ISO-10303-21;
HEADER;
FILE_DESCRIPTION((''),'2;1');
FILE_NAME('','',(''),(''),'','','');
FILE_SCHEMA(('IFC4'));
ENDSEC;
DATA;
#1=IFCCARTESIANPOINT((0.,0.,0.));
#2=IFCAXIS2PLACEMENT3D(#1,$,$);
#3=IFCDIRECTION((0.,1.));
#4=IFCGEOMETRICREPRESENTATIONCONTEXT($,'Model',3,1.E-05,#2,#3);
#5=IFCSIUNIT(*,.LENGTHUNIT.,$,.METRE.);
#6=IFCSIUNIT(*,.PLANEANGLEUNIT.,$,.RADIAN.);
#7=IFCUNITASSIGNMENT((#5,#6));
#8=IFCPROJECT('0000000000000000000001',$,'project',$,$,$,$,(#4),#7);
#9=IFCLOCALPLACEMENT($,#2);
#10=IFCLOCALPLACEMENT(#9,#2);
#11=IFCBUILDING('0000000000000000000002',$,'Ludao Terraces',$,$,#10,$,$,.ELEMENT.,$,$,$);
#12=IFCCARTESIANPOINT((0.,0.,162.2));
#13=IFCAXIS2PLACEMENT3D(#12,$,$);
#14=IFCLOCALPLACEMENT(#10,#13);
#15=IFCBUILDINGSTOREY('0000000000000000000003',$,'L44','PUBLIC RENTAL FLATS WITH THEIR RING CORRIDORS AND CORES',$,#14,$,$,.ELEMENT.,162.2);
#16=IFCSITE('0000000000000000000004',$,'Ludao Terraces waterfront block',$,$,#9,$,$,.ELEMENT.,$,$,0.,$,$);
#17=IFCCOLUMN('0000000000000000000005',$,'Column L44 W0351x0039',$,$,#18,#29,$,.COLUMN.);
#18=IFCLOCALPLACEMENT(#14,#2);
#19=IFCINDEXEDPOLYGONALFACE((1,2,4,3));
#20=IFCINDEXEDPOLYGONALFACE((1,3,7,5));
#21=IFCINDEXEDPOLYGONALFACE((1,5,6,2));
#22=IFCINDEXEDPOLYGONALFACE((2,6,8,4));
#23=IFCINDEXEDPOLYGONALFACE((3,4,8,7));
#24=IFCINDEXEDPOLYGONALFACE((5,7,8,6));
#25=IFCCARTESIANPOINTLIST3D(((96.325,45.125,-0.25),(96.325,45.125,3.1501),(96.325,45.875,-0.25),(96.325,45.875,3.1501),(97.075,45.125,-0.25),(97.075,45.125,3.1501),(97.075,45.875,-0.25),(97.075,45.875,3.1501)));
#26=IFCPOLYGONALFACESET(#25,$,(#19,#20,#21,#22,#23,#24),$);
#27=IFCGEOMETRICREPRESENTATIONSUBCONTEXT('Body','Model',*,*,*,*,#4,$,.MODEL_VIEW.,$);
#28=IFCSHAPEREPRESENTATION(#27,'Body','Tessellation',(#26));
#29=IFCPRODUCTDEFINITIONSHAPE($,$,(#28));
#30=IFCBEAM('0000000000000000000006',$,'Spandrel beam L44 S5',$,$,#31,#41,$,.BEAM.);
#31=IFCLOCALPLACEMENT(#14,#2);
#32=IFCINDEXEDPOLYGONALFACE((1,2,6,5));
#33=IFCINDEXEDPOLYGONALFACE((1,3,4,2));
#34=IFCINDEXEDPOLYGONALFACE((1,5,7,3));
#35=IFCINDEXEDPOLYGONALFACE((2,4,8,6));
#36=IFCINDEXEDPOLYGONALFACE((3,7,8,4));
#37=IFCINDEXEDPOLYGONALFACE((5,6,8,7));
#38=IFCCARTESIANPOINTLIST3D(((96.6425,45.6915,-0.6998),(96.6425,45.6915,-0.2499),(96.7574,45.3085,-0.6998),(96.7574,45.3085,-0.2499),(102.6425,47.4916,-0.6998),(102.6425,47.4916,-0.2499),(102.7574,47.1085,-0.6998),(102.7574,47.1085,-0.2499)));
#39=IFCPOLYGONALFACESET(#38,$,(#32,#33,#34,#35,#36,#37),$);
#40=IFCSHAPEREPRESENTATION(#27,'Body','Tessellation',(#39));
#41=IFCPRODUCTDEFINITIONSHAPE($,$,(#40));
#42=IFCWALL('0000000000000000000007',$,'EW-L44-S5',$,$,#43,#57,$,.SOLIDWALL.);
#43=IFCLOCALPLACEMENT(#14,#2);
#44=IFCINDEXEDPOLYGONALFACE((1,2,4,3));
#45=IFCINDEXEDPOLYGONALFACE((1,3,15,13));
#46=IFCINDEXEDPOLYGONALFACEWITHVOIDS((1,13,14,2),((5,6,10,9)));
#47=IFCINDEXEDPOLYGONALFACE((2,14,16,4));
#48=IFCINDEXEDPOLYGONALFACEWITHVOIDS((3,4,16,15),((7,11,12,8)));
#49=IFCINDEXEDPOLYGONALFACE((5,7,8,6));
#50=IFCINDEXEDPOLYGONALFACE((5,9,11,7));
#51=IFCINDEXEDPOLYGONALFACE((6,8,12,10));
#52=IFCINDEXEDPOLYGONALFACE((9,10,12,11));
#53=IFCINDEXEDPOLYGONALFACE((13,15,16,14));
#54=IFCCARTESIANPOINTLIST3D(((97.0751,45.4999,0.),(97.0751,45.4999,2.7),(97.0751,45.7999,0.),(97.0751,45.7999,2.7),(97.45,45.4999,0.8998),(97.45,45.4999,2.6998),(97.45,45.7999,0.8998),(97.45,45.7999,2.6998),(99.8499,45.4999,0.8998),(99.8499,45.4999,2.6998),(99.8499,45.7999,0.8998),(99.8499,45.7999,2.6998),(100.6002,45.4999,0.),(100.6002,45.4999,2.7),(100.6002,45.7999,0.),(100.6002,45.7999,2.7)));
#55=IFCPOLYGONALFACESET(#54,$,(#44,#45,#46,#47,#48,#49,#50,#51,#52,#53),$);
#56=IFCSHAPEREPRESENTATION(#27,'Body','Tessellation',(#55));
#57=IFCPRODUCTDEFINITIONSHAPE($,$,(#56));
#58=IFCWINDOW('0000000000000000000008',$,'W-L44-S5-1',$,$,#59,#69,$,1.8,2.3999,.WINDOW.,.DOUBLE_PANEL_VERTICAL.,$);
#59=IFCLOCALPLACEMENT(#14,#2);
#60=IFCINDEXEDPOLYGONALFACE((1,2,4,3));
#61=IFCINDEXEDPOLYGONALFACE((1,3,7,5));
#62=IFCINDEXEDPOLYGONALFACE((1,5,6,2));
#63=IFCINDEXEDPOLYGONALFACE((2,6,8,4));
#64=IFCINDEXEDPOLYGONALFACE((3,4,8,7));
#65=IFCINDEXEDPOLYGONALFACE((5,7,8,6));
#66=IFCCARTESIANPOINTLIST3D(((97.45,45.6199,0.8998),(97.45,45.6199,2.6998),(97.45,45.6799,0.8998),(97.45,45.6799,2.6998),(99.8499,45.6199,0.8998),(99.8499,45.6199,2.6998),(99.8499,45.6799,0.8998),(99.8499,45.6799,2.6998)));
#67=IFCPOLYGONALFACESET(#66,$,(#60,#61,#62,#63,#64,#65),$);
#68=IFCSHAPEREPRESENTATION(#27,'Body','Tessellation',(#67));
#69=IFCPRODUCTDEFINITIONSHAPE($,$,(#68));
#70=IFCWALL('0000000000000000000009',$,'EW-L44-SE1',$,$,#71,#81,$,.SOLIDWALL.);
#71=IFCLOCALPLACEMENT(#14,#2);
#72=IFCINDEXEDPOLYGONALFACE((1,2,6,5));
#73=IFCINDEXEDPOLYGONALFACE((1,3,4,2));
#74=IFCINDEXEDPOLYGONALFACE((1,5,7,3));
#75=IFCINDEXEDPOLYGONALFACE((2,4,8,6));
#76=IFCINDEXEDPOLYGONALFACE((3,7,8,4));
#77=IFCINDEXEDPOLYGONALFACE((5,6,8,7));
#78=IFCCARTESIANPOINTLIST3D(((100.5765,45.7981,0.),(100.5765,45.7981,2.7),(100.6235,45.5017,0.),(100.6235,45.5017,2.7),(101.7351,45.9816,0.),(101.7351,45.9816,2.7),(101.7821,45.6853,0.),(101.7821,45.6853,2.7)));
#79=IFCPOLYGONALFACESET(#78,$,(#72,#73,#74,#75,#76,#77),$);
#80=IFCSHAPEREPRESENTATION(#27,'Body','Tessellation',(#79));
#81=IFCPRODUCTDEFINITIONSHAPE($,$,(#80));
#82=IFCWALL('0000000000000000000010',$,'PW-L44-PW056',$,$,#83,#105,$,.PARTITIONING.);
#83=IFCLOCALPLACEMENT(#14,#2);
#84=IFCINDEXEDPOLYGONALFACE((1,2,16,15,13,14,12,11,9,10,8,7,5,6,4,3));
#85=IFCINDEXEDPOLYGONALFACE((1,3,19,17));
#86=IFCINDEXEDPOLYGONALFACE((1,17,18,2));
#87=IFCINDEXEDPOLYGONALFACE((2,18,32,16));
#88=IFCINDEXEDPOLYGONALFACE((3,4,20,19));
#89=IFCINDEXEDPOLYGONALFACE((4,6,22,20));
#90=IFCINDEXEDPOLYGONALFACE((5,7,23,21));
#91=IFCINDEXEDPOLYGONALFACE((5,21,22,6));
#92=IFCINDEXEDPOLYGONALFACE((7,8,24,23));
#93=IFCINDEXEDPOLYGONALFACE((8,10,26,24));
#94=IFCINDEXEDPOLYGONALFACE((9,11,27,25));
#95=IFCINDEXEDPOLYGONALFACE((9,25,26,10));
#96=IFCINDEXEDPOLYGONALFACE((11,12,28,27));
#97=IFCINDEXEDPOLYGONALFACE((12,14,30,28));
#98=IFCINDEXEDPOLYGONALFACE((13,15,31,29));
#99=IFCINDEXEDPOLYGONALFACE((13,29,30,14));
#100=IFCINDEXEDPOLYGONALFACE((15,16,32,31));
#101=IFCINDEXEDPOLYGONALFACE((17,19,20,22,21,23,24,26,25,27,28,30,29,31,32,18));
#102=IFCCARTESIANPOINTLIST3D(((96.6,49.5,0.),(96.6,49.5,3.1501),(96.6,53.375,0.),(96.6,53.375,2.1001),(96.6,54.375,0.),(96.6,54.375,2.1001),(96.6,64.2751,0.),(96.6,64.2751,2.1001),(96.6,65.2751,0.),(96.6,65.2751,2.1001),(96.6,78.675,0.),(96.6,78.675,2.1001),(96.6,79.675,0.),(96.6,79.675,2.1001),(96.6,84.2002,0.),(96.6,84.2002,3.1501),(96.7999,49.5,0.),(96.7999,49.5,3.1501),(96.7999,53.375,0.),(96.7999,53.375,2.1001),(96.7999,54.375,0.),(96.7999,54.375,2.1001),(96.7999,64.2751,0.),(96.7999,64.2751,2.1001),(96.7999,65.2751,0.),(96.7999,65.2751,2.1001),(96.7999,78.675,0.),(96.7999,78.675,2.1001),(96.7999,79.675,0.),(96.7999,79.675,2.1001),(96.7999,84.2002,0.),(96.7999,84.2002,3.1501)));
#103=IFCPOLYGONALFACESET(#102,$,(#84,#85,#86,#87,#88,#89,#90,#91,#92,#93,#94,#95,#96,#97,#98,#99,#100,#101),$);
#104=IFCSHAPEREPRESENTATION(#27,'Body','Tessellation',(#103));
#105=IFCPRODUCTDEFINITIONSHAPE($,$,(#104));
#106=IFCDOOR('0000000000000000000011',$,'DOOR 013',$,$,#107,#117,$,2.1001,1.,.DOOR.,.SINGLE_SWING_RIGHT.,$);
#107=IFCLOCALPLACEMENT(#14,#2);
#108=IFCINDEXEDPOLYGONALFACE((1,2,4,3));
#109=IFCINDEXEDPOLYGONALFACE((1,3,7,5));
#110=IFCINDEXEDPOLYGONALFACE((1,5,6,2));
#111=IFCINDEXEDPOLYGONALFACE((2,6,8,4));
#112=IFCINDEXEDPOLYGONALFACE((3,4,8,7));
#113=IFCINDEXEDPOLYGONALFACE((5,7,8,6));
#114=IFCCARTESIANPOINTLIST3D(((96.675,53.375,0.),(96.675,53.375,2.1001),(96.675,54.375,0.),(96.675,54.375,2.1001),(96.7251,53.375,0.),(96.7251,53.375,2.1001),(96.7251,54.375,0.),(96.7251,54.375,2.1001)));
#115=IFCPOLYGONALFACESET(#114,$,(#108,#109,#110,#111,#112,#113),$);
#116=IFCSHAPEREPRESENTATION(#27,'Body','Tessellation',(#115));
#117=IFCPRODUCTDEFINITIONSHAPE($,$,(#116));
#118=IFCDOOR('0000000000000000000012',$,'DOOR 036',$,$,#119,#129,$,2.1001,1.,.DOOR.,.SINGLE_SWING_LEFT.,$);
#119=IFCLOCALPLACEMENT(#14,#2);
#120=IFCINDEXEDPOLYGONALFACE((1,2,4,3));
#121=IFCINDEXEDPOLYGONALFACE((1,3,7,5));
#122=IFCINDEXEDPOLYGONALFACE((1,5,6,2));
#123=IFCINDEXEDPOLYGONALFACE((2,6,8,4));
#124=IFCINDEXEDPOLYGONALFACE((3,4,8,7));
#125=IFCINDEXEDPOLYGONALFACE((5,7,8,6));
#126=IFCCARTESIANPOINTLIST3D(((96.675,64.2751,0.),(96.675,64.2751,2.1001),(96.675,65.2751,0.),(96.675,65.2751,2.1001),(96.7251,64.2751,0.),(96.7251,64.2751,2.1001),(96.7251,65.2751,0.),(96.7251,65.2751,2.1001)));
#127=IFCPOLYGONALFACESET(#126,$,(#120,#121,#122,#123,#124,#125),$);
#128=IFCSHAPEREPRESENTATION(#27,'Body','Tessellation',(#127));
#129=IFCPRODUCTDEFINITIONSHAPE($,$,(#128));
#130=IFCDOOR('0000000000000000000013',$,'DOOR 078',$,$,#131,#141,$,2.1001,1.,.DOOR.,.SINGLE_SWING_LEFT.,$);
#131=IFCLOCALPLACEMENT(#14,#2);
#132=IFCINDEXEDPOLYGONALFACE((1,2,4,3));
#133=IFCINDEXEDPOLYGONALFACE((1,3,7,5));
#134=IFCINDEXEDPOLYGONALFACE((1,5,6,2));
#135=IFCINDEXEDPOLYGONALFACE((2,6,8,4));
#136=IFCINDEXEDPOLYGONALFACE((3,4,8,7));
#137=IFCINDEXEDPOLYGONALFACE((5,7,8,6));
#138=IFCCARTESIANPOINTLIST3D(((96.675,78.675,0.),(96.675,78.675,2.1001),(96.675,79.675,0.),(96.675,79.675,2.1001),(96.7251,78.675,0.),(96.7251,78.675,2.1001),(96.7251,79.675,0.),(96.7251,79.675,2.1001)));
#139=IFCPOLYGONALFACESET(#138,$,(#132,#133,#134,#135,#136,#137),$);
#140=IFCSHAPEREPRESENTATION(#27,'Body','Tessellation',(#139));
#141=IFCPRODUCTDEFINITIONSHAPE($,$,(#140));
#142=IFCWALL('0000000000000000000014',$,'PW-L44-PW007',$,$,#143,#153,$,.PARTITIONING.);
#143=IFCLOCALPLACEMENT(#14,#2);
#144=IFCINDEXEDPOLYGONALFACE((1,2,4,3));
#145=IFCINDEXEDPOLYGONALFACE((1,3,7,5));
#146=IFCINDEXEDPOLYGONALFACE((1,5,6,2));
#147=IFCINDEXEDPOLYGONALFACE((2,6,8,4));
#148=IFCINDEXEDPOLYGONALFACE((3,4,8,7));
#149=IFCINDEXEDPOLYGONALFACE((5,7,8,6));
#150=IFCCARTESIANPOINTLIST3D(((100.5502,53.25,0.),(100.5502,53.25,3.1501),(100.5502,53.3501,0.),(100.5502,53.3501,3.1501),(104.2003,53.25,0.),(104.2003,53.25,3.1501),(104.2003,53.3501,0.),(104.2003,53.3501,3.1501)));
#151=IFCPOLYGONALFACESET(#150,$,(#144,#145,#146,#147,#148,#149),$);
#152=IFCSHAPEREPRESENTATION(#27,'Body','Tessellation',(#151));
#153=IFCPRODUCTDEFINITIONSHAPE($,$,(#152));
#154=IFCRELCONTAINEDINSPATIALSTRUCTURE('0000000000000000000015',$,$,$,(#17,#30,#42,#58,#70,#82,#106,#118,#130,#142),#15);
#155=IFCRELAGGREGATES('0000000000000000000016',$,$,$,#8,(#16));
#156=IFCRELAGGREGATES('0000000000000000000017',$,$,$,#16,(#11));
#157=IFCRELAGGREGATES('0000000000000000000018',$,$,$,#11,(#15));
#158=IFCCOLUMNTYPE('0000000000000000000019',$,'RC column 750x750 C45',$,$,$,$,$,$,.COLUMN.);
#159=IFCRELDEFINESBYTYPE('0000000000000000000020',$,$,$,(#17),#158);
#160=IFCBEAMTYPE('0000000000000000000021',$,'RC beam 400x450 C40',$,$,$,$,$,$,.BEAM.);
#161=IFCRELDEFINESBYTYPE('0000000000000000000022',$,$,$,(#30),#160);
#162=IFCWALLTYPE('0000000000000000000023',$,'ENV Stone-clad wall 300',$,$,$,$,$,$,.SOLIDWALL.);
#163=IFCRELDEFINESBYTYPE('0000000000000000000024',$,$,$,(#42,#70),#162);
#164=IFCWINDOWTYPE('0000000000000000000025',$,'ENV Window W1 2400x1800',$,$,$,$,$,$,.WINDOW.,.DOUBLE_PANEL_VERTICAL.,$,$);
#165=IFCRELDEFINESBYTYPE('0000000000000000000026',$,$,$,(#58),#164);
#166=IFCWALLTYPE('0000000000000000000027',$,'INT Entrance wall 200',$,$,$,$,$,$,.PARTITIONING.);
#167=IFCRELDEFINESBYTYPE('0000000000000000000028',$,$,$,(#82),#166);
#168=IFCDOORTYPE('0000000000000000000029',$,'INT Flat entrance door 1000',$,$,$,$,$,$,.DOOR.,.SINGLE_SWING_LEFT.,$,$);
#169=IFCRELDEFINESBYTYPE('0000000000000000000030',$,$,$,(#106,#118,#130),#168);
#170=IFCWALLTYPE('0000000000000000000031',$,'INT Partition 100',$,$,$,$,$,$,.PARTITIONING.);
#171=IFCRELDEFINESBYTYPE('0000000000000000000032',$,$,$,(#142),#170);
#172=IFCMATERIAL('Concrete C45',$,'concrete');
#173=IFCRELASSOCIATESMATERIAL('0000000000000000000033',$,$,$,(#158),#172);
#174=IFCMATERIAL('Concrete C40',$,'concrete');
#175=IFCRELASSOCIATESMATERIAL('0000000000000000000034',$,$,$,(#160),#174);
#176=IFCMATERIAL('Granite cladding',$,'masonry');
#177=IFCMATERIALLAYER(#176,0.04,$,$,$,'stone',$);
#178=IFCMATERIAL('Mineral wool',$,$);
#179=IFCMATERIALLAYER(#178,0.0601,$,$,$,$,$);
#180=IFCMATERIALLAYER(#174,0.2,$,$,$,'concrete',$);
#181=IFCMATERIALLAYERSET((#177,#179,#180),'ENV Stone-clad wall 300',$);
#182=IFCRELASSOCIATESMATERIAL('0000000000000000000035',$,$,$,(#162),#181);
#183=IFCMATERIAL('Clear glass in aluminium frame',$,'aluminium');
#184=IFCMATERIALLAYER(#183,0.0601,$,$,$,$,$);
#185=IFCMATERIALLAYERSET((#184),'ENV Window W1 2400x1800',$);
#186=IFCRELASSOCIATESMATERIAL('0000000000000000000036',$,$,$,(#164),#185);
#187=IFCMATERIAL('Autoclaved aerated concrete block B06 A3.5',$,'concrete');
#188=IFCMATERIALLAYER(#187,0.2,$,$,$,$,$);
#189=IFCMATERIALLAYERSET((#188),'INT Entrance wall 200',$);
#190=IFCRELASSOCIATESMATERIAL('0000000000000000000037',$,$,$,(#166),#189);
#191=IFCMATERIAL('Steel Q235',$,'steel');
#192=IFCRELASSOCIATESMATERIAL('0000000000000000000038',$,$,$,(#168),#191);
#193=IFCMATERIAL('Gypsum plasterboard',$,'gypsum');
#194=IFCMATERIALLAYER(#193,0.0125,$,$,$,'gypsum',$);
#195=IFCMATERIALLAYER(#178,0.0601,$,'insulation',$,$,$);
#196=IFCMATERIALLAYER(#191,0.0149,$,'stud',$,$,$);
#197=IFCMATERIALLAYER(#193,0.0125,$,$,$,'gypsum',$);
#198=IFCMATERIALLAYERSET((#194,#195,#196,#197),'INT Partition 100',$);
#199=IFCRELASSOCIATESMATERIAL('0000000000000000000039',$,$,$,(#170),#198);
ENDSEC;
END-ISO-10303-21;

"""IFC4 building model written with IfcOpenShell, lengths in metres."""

from ifc_helpers import new_model, si_unit, direction, frame, frame_2d, origin, origin_2d, place, context, subcontext, project, spatial, rectangle, extrude, material, layer, layer_set, material_profile, profile_set, type_object, element, fill, save


model = new_model("IFC4")

# Units and contexts
model_context = context("Model", 3, precision=1e-05, world=origin(), true_north=direction((0.0, 1.0)))
body_context = subcontext(model_context, "Body", "Model", "MODEL_VIEW")
ifc_project = project(units=[si_unit("LENGTHUNIT", "METRE"), si_unit("PLANEANGLEUNIT", "RADIAN")], contexts=[model_context])

# Site, building, storey
site_placement = place(None, origin())
site = spatial("IfcSite", under=ifc_project, at=site_placement, Name="Ludao Terraces waterfront block", CompositionType="ELEMENT", RefElevation=0.0)
building_placement = place(site_placement, origin())
building = spatial("IfcBuilding", under=site, at=building_placement, Name="Ludao Terraces", CompositionType="ELEMENT")
storey_placement = place(building_placement, frame((0.0, 0.0, 162.2)))
storey = spatial("IfcBuildingStorey", under=building, at=storey_placement, Name="L44", Description="PUBLIC RENTAL FLATS WITH THEIR RING CORRIDORS AND CORES", CompositionType="ELEMENT", Elevation=162.2)

# Column
ifc_material_1 = material(Name="Concrete C45", Category="concrete")
ifc_material_profile_1 = material_profile(ifc_material_1, rectangle(XDim=0.75, YDim=0.75, at=origin_2d()), Name="750 X 750")
ifc_profile_set_1 = profile_set([ifc_material_profile_1], Name="Concrete C45")
column_type = type_object("IfcColumnType", Name="RC column 750x750 C45", PredefinedType="COLUMN", material=ifc_profile_set_1)
column_placement = place(storey_placement, frame((96.7, 45.5, -0.25), z_axis=(0.0, 0.0, 1.0), x_axis=(1.0, 0.0, 0.0)))
element("IfcColumn", 1, at=column_placement, inside=storey, type_object=column_type, Name="Column L44 W0351x0039", PredefinedType="COLUMN", context=body_context, shape_type="SweptSolid", body=[
    extrude(rectangle(XDim=0.75, YDim=0.75, at=origin_2d()), origin(), (0.0, 0.0, 1.0), 3.4001),
])

# Beam
ifc_material_2 = material(Name="Concrete C40", Category="concrete")
ifc_material_profile_2 = material_profile(ifc_material_2, rectangle(XDim=0.3999, YDim=0.45, at=origin_2d()), Name="400 X 450")
ifc_profile_set_2 = profile_set([ifc_material_profile_2], Name="Concrete C40")
beam_type = type_object("IfcBeamType", Name="RC beam 400x450 C40", PredefinedType="BEAM", material=ifc_profile_set_2)
beam_placement = place(storey_placement, frame((96.7, 45.5, -0.4749), z_axis=(0.957824, 0.287355, 0.0), x_axis=(-0.287355, 0.957824, 0.0)))
element("IfcBeam", 2, at=beam_placement, inside=storey, type_object=beam_type, Name="Spandrel beam L44 S5", PredefinedType="BEAM", context=body_context, shape_type="SweptSolid", body=[
    extrude(rectangle(XDim=0.3999, YDim=0.45, at=origin_2d()), origin(), (0.0, 0.0, 1.0), 6.2642),
])

# Wall, opening, window
ifc_material_3 = material(Name="Granite cladding", Category="masonry")
ifc_layer_1 = layer(ifc_material_3, 0.04, Category="stone")
ifc_material_4 = material(Name="Mineral wool")
ifc_layer_2 = layer(ifc_material_4, 0.0601)
ifc_layer_3 = layer(ifc_material_2, 0.2, Category="concrete")
ifc_layer_set_1 = layer_set([ifc_layer_1, ifc_layer_2, ifc_layer_3], Name="ENV Stone-clad wall 300")
wall_type_1 = type_object("IfcWallType", Name="ENV Stone-clad wall 300", PredefinedType="SOLIDWALL", material=ifc_layer_set_1)
wall_1_placement = place(storey_placement, frame((97.075, 45.6499, 0.0), z_axis=(0.0, 0.0, 1.0), x_axis=(1.0, 0.0, 0.0)))
wall_1 = element("IfcWall", 3, at=wall_1_placement, inside=storey, type_object=wall_type_1, Name="EW-L44-S5", PredefinedType="SOLIDWALL", context=body_context, shape_type="SweptSolid", body=[
    extrude(rectangle(XDim=3.5251, YDim=0.3, at=frame_2d((1.7627, 0.0))), origin(), (0.0, 0.0, 1.0), 2.7),
])
opening_1_placement = place(wall_1_placement, frame((0.375, 0.0, 0.8999)))
opening_1 = element("IfcOpeningElement", 4, at=opening_1_placement, cuts=wall_1, PredefinedType="OPENING", context=body_context, shape_type="SweptSolid", body=[
    extrude(rectangle(XDim=2.3999, YDim=1.8, at=frame_2d((1.2, 0.8999))), frame((0.0, 0.1602, 0.0), z_axis=(0.0, -1.0, 0.0), x_axis=(1.0, 0.0, 0.0)), (0.0, 0.0, 1.0), 0.3201),
])
ifc_material_5 = material(Name="Clear glass in aluminium frame", Category="aluminium")
ifc_layer_4 = layer(ifc_material_5, 0.0601)
ifc_layer_set_2 = layer_set([ifc_layer_4], Name="ENV Window W1 2400x1800")
window_type = type_object("IfcWindowType", Name="ENV Window W1 2400x1800", PartitioningType="DOUBLE_PANEL_VERTICAL", PredefinedType="WINDOW", material=ifc_layer_set_2)
window_placement = place(opening_1_placement, origin())
window = element("IfcWindow", 5, at=window_placement, inside=storey, type_object=window_type, Name="W-L44-S5-1", OverallHeight=1.8, OverallWidth=2.3999, PartitioningType="DOUBLE_PANEL_VERTICAL", PredefinedType="WINDOW", context=body_context, shape_type="SweptSolid", body=[
    extrude(rectangle(XDim=2.3999, YDim=1.8, at=frame_2d((1.2, 0.8999))), frame((0.0, 0.03, 0.0), z_axis=(0.0, -1.0, 0.0), x_axis=(1.0, 0.0, 0.0)), (0.0, 0.0, 1.0), 0.0601),
])
fill(opening_1, window)

# Wall
wall_2_placement = place(storey_placement, frame((100.6001, 45.6499, 0.0), z_axis=(0.0, 0.0, 1.0), x_axis=(0.987678, 0.156497, 0.0)))
element("IfcWall", 6, at=wall_2_placement, inside=storey, type_object=wall_type_1, Name="EW-L44-SE1", PredefinedType="SOLIDWALL", context=body_context, shape_type="SweptSolid", body=[
    extrude(rectangle(XDim=1.1731, YDim=0.3, at=frame_2d((0.5864, 0.0))), origin(), (0.0, 0.0, 1.0), 2.7),
])

# Wall, openings, doors
ifc_material_6 = material(Name="Autoclaved aerated concrete block B06 A3.5", Category="concrete")
ifc_layer_5 = layer(ifc_material_6, 0.2)
ifc_layer_set_3 = layer_set([ifc_layer_5], Name="INT Entrance wall 200")
wall_type_2 = type_object("IfcWallType", Name="INT Entrance wall 200", PredefinedType="PARTITIONING", material=ifc_layer_set_3)
wall_3_placement = place(storey_placement, frame((96.7, 49.5, 0.0), z_axis=(0.0, 0.0, 1.0), x_axis=(0.0, 1.0, 0.0)))
wall_3 = element("IfcWall", 7, at=wall_3_placement, inside=storey, type_object=wall_type_2, Name="PW-L44-PW056", PredefinedType="PARTITIONING", context=body_context, shape_type="SweptSolid", body=[
    extrude(rectangle(XDim=34.7002, YDim=0.2, at=frame_2d((17.3501, 0.0))), origin(), (0.0, 0.0, 1.0), 3.1501),
])
opening_2_placement = place(wall_3_placement, frame((3.875, 0.0, 0.0)))
opening_2 = element("IfcOpeningElement", 8, at=opening_2_placement, cuts=wall_3, PredefinedType="OPENING", context=body_context, shape_type="SweptSolid", body=[
    extrude(rectangle(XDim=1.0, YDim=2.1001, at=frame_2d((0.5, 1.05))), frame((0.0, 0.1099, 0.0), z_axis=(0.0, -1.0, 0.0), x_axis=(1.0, 0.0, 0.0)), (0.0, 0.0, 1.0), 0.22),
])
opening_3_placement = place(wall_3_placement, frame((14.7751, 0.0, 0.0)))
opening_3 = element("IfcOpeningElement", 9, at=opening_3_placement, cuts=wall_3, PredefinedType="OPENING", context=body_context, shape_type="SweptSolid", body=[
    extrude(rectangle(XDim=1.0, YDim=2.1001, at=frame_2d((0.5, 1.05))), frame((0.0, 0.1099, 0.0), z_axis=(0.0, -1.0, 0.0), x_axis=(1.0, 0.0, 0.0)), (0.0, 0.0, 1.0), 0.22),
])
opening_4_placement = place(wall_3_placement, frame((29.175, 0.0, 0.0)))
opening_4 = element("IfcOpeningElement", 10, at=opening_4_placement, cuts=wall_3, PredefinedType="OPENING", context=body_context, shape_type="SweptSolid", body=[
    extrude(rectangle(XDim=1.0, YDim=2.1001, at=frame_2d((0.5, 1.05))), frame((0.0, 0.1099, 0.0), z_axis=(0.0, -1.0, 0.0), x_axis=(1.0, 0.0, 0.0)), (0.0, 0.0, 1.0), 0.22),
])
ifc_material_7 = material(Name="Steel Q235", Category="steel")
door_type_1 = type_object("IfcDoorType", Name="INT Flat entrance door 1000", OperationType="SINGLE_SWING_LEFT", PredefinedType="DOOR", material=ifc_material_7)
door_1_placement = place(opening_2_placement, origin())
door_1 = element("IfcDoor", 11, at=door_1_placement, inside=storey, type_object=door_type_1, Name="DOOR 013", OperationType="SINGLE_SWING_RIGHT", OverallHeight=2.1001, OverallWidth=1.0, PredefinedType="DOOR", context=body_context, shape_type="SweptSolid", body=[
    extrude(rectangle(XDim=1.0, YDim=2.1001, at=frame_2d((0.5, 1.05))), frame((0.0, 0.0249, 0.0), z_axis=(0.0, -1.0, 0.0), x_axis=(1.0, 0.0, 0.0)), (0.0, 0.0, 1.0), 0.05),
])
fill(opening_2, door_1)
door_2_placement = place(opening_3_placement, origin())
door_2 = element("IfcDoor", 12, at=door_2_placement, inside=storey, type_object=door_type_1, Name="DOOR 036", OperationType="SINGLE_SWING_LEFT", OverallHeight=2.1001, OverallWidth=1.0, PredefinedType="DOOR", context=body_context, shape_type="SweptSolid", body=[
    extrude(rectangle(XDim=1.0, YDim=2.1001, at=frame_2d((0.5, 1.05))), frame((0.0, 0.0249, 0.0), z_axis=(0.0, -1.0, 0.0), x_axis=(1.0, 0.0, 0.0)), (0.0, 0.0, 1.0), 0.05),
])
fill(opening_3, door_2)
door_3_placement = place(opening_4_placement, origin())
door_3 = element("IfcDoor", 13, at=door_3_placement, inside=storey, type_object=door_type_1, Name="DOOR 078", OperationType="SINGLE_SWING_LEFT", OverallHeight=2.1001, OverallWidth=1.0, PredefinedType="DOOR", context=body_context, shape_type="SweptSolid", body=[
    extrude(rectangle(XDim=1.0, YDim=2.1001, at=frame_2d((0.5, 1.05))), frame((0.0, 0.0249, 0.0), z_axis=(0.0, -1.0, 0.0), x_axis=(1.0, 0.0, 0.0)), (0.0, 0.0, 1.0), 0.05),
])
fill(opening_4, door_3)

# Wall
ifc_material_8 = material(Name="Gypsum plasterboard", Category="gypsum")
ifc_layer_6 = layer(ifc_material_8, 0.0125, Category="gypsum")
ifc_layer_7 = layer(ifc_material_4, 0.0601, Name="insulation")
ifc_layer_8 = layer(ifc_material_7, 0.0149, Name="stud")
ifc_layer_9 = layer(ifc_material_8, 0.0125, Category="gypsum")
ifc_layer_set_4 = layer_set([ifc_layer_6, ifc_layer_7, ifc_layer_8, ifc_layer_9], Name="INT Partition 100")
wall_type_3 = type_object("IfcWallType", Name="INT Partition 100", PredefinedType="PARTITIONING", material=ifc_layer_set_4)
wall_4_placement = place(storey_placement, frame((100.55, 53.3, 0.0), z_axis=(0.0, 0.0, 1.0), x_axis=(1.0, 0.0, 0.0)))
element("IfcWall", 14, at=wall_4_placement, inside=storey, type_object=wall_type_3, Name="PW-L44-PW007", PredefinedType="PARTITIONING", context=body_context, shape_type="SweptSolid", body=[
    extrude(rectangle(XDim=3.6501, YDim=0.1001, at=frame_2d((1.8252, 0.0))), origin(), (0.0, 0.0, 1.0), 3.1501),
])

save(model, "model.ifc")
